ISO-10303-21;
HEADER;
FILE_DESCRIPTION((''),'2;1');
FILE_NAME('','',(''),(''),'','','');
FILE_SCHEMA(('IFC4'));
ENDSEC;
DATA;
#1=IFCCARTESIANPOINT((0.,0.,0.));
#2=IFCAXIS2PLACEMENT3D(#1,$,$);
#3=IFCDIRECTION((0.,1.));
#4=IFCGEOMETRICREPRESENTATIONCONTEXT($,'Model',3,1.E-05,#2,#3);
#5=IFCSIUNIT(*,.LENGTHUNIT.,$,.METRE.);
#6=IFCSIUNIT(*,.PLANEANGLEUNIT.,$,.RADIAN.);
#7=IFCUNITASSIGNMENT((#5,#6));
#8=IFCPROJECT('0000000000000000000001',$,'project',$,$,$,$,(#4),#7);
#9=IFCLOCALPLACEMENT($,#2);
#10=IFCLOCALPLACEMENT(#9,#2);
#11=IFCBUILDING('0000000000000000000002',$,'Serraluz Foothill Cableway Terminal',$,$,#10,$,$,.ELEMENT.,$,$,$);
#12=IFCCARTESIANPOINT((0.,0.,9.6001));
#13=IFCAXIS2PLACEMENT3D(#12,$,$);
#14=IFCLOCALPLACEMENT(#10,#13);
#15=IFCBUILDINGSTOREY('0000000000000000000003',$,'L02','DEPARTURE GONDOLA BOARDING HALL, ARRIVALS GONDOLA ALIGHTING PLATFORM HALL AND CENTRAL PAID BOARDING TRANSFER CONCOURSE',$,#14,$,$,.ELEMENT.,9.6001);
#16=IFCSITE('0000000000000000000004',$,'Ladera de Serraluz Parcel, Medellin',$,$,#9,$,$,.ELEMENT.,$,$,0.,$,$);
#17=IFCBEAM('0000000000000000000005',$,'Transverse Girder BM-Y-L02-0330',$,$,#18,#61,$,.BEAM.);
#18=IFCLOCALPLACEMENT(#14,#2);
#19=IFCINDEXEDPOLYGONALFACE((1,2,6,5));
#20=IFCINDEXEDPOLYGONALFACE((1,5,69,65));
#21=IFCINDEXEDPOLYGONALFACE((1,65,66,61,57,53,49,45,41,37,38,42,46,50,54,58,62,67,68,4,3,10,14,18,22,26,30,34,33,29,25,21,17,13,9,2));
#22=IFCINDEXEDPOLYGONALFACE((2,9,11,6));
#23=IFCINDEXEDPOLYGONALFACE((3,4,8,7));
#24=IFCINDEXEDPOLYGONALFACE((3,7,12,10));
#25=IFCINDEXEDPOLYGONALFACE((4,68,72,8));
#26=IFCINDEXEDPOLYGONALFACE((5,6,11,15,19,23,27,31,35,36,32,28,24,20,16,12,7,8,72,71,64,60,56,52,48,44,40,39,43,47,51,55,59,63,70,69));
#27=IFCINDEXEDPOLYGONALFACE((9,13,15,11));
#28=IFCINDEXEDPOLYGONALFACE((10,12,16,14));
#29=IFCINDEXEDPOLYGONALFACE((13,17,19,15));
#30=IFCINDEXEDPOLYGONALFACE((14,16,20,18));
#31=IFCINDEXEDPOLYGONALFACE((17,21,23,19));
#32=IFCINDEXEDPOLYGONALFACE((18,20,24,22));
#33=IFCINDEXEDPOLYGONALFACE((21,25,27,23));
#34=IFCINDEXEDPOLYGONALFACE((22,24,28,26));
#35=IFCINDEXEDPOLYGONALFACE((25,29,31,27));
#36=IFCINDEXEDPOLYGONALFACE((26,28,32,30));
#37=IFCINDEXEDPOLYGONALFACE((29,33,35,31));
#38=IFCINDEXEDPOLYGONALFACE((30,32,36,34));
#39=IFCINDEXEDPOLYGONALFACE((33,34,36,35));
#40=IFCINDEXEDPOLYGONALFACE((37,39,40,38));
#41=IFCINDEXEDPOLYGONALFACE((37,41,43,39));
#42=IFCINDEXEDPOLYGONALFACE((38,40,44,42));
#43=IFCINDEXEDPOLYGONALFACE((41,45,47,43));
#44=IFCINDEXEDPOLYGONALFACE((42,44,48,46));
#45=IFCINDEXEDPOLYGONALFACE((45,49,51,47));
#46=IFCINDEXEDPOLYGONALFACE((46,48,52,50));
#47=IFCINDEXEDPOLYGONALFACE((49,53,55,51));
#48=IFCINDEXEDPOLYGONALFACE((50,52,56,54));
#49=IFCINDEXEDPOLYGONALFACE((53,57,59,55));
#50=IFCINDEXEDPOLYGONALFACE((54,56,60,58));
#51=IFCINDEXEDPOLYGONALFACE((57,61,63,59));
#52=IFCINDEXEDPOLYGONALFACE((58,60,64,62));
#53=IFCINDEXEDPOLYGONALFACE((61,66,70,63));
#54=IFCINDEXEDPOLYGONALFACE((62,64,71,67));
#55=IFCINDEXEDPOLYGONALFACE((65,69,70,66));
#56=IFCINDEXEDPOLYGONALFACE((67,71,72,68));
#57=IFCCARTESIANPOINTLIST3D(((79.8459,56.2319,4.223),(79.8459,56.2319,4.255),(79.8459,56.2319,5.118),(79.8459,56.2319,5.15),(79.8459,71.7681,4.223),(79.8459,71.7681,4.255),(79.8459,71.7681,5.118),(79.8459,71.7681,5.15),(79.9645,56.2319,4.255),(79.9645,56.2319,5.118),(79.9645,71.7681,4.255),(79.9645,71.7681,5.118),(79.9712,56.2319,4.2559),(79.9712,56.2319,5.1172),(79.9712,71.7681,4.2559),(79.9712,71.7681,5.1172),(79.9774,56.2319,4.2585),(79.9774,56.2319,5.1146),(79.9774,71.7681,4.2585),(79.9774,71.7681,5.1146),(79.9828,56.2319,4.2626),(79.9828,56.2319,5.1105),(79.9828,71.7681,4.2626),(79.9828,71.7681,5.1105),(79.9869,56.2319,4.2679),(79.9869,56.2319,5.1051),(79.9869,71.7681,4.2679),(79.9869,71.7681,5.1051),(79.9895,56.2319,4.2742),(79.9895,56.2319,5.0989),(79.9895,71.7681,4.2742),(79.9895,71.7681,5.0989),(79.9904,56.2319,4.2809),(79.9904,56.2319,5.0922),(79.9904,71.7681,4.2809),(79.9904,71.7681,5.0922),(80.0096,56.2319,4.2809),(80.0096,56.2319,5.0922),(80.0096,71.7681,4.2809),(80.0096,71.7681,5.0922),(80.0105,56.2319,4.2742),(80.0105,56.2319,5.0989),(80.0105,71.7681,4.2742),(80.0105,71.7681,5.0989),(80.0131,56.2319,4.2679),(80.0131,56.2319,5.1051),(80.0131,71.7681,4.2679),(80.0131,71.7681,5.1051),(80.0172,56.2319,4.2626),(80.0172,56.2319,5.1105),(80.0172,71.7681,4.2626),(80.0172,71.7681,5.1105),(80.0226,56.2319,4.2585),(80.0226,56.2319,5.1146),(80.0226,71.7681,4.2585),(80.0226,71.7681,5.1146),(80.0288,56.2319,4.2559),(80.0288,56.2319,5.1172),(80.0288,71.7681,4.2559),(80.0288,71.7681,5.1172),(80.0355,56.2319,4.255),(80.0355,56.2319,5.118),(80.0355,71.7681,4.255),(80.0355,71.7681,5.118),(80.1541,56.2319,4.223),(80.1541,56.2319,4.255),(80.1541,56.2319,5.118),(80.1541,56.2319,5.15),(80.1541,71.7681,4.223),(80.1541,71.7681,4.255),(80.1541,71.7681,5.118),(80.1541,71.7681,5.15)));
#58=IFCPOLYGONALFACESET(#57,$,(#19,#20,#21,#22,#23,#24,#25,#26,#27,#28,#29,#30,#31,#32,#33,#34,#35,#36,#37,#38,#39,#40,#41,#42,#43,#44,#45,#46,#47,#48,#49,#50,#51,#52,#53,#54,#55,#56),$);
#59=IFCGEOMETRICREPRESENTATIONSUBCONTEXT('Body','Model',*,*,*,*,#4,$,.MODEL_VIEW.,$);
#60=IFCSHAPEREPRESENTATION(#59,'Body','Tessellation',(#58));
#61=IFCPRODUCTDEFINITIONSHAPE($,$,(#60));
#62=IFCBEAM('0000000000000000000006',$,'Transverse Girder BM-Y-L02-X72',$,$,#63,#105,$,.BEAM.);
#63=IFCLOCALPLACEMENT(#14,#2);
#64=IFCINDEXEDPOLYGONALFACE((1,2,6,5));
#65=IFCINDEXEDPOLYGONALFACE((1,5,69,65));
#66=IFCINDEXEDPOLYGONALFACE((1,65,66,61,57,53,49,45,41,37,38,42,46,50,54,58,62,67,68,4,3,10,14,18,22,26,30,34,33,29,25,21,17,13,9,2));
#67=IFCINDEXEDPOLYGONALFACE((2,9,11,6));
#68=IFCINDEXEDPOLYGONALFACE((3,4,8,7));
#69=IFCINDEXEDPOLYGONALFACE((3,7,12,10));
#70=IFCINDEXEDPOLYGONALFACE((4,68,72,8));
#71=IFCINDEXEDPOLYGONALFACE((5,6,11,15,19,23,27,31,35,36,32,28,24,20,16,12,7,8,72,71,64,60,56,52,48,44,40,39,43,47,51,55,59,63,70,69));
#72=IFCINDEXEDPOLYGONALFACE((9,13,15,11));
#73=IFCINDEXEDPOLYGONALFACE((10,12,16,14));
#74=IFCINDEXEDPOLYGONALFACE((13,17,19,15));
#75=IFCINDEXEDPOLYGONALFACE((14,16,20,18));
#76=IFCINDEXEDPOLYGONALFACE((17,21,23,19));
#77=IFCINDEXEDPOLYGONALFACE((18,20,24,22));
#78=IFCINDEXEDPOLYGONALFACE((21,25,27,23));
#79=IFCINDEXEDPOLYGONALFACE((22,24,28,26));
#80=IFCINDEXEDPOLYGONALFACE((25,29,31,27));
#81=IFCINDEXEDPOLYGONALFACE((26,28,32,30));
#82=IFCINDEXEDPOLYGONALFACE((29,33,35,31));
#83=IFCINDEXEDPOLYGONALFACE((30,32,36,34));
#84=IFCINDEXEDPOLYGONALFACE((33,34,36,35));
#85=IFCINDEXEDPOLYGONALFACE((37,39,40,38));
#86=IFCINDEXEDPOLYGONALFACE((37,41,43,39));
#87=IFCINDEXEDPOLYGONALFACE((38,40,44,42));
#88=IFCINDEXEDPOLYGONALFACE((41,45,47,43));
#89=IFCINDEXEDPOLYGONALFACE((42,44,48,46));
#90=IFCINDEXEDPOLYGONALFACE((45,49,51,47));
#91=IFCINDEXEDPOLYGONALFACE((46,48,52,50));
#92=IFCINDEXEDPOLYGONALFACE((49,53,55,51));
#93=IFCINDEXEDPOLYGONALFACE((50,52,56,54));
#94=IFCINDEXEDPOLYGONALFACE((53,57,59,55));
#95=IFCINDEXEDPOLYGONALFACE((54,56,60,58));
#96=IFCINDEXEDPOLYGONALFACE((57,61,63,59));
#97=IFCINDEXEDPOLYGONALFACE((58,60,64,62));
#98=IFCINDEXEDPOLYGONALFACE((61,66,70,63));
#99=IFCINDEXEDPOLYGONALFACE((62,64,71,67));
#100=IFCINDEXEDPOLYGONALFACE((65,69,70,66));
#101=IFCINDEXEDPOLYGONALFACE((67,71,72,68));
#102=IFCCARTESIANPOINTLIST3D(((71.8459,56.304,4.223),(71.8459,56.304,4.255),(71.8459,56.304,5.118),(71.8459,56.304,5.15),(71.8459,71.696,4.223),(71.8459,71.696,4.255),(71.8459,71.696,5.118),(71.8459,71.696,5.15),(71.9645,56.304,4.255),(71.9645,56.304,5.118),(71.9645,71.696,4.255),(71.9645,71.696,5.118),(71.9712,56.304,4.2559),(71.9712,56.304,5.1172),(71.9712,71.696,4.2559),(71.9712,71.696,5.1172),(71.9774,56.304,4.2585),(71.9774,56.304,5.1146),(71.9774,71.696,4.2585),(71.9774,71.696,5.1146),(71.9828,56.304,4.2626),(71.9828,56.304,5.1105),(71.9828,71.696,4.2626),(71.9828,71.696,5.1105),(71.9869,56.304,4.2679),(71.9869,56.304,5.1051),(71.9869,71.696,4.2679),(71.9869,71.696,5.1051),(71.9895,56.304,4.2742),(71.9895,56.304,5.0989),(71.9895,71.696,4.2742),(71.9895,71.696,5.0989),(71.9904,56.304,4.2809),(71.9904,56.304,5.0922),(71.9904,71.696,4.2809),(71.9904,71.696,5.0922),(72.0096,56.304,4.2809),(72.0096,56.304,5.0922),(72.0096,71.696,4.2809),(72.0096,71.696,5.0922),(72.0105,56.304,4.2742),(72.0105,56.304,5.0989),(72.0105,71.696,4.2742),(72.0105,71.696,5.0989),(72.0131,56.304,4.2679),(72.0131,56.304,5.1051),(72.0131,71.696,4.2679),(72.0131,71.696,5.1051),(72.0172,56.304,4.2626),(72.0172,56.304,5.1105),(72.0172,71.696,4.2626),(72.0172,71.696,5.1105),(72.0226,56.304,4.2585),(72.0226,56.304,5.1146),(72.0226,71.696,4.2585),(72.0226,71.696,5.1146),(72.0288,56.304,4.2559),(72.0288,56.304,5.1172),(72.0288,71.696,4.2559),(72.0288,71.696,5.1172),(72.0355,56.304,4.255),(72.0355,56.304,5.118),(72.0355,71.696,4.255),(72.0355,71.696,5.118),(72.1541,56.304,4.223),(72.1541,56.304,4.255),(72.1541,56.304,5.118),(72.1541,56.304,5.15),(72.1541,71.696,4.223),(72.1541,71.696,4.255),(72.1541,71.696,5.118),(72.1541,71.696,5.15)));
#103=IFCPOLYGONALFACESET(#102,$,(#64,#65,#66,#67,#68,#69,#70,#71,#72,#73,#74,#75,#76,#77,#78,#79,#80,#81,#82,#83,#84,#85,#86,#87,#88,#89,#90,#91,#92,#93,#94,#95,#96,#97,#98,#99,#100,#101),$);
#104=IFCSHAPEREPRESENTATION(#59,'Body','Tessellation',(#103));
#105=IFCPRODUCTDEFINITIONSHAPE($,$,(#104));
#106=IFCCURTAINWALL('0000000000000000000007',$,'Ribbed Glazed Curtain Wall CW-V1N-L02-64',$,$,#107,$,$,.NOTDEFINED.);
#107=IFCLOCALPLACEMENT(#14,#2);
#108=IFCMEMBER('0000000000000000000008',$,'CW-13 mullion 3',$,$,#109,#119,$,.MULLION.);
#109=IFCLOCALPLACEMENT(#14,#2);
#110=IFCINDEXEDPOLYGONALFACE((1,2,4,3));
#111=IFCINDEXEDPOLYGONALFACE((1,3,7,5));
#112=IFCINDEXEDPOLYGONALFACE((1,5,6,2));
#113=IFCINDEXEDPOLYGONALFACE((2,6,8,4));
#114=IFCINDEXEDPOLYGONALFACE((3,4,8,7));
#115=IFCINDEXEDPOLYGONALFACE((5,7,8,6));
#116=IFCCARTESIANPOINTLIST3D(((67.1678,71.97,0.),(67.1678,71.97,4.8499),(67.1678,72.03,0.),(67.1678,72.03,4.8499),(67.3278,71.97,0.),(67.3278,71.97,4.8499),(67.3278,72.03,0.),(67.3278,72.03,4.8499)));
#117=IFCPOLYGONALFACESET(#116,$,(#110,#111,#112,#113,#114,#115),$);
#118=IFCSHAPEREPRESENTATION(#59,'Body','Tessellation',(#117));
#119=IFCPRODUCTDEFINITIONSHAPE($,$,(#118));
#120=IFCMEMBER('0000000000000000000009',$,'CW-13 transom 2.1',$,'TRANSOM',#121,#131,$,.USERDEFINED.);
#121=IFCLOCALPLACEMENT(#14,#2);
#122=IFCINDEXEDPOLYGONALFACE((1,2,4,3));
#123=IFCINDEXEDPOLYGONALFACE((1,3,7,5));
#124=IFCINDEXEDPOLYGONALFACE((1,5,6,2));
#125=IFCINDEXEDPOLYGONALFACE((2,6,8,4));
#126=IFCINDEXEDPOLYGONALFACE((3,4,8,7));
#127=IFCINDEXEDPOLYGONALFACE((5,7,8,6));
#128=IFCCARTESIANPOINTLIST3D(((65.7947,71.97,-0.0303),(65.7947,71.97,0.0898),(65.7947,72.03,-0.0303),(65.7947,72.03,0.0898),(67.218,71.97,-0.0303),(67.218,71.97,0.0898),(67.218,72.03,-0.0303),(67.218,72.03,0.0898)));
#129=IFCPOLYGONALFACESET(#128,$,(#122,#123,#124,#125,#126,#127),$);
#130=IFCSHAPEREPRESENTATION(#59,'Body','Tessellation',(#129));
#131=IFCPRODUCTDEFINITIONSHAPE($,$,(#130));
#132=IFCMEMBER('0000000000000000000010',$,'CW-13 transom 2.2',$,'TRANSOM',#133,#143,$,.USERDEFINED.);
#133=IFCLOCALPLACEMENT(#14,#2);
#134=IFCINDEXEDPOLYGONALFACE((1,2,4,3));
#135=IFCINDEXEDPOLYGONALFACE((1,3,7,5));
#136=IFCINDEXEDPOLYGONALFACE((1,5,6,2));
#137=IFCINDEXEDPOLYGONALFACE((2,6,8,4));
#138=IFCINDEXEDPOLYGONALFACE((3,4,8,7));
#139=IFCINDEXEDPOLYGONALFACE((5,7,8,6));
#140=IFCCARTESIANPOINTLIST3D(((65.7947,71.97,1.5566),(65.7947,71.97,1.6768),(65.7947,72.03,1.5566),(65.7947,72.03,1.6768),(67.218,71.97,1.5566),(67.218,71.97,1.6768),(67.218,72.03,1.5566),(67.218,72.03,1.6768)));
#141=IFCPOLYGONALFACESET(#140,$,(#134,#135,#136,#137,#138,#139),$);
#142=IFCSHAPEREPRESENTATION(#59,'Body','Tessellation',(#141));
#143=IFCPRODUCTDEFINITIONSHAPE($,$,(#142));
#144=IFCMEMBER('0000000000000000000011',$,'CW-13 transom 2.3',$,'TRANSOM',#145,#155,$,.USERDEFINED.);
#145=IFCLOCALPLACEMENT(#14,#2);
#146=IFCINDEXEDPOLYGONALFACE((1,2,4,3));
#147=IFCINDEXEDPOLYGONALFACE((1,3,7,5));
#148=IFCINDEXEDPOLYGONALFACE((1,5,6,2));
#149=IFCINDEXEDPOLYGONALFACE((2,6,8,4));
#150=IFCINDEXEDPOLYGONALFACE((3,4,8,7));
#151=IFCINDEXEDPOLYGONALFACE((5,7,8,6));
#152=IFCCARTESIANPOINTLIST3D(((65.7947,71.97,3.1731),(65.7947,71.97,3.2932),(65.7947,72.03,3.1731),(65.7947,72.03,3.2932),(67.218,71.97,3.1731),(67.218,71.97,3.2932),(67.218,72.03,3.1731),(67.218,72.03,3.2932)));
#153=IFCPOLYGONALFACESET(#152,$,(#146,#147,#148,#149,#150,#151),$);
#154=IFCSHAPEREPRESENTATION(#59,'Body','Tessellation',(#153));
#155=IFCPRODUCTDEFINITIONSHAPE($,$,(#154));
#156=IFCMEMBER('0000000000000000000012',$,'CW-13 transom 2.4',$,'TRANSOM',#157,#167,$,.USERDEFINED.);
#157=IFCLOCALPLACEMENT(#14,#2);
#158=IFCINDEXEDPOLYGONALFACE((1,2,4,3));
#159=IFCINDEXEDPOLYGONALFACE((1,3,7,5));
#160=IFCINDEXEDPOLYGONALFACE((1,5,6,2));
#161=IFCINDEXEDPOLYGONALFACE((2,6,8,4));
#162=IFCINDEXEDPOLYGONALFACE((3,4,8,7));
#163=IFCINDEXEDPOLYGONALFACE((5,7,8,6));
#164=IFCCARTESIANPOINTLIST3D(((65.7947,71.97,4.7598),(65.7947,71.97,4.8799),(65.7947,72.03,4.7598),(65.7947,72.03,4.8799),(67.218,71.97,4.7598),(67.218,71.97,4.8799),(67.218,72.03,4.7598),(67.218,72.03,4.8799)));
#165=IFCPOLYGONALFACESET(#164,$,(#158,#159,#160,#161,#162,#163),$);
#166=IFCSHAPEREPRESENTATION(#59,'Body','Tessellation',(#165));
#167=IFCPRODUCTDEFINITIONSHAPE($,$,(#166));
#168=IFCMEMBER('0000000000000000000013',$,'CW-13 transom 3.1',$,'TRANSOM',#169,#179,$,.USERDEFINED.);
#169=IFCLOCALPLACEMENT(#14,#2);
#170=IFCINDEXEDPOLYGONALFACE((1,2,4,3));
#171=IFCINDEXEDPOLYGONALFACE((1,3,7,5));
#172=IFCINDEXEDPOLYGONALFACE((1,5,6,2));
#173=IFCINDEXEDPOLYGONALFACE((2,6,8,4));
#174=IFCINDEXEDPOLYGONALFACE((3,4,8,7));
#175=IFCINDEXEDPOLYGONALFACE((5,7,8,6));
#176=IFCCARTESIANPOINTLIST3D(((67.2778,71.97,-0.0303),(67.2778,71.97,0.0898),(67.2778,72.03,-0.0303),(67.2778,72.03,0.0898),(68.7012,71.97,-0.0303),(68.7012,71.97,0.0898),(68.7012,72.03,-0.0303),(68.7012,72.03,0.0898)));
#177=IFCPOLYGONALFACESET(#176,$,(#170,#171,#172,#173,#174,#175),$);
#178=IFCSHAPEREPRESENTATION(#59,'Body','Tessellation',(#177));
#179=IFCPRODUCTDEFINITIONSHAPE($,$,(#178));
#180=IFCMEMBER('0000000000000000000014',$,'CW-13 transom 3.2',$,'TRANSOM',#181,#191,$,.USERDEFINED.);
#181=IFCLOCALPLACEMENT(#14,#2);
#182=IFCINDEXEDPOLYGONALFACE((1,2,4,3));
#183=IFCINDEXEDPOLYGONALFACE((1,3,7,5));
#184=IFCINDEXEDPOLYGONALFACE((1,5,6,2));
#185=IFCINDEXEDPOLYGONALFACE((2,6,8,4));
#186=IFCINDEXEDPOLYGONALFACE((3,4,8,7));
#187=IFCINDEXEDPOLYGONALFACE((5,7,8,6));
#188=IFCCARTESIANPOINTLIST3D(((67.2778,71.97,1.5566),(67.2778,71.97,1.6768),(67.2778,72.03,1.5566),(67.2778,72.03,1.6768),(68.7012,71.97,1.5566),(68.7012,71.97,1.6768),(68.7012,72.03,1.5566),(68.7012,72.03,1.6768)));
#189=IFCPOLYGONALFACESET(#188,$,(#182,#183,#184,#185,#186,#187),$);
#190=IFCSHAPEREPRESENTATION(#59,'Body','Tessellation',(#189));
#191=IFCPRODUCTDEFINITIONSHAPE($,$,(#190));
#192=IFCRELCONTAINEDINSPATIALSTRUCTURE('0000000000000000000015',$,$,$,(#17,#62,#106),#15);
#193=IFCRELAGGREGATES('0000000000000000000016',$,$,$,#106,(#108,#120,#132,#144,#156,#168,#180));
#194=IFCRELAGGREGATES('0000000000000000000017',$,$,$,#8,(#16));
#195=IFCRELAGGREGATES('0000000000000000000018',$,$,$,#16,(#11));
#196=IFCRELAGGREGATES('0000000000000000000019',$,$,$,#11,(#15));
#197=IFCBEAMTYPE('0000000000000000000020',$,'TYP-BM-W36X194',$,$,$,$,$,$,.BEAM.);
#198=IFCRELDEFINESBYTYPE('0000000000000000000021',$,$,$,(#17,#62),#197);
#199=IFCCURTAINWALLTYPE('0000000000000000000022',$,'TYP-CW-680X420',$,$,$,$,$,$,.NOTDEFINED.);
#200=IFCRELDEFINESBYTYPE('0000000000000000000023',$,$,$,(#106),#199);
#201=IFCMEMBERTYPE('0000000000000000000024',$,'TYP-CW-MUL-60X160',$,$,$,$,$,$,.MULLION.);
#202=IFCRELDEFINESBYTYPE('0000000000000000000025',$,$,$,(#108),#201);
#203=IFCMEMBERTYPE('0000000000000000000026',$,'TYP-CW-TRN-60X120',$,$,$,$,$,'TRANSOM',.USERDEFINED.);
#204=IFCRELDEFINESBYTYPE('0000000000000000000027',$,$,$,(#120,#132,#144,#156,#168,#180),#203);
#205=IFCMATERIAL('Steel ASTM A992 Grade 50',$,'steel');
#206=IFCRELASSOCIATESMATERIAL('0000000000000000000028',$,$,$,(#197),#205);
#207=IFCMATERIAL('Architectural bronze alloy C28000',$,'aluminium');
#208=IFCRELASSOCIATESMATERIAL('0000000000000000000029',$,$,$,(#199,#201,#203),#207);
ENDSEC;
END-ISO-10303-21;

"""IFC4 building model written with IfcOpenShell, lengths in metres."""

from ifc_helpers import new_model, si_unit, direction, frame, origin, origin_2d, place, context, subcontext, project, spatial, rectangle, i_section, extrude, material, material_profile, profile_set, type_object, element, aggregate, save


model = new_model("IFC4")

# Units and contexts
model_context = context("Model", 3, precision=1e-05, world=origin(), true_north=direction((0.0, 1.0)))
body_context = subcontext(model_context, "Body", "Model", "MODEL_VIEW")
ifc_project = project(units=[si_unit("LENGTHUNIT", "METRE"), si_unit("PLANEANGLEUNIT", "RADIAN")], contexts=[model_context])

# Site, building, storey
site_placement = place(None, origin())
site = spatial("IfcSite", under=ifc_project, at=site_placement, Name="Ladera de Serraluz Parcel, Medellin", CompositionType="ELEMENT", RefElevation=0.0)
building_placement = place(site_placement, origin())
building = spatial("IfcBuilding", under=site, at=building_placement, Name="Serraluz Foothill Cableway Terminal", CompositionType="ELEMENT")
storey_placement = place(building_placement, frame((0.0, 0.0, 9.6001)))
storey = spatial("IfcBuildingStorey", under=building, at=storey_placement, Name="L02", Description="DEPARTURE GONDOLA BOARDING HALL, ARRIVALS GONDOLA ALIGHTING PLATFORM HALL AND CENTRAL PAID BOARDING TRANSFER CONCOURSE", CompositionType="ELEMENT", Elevation=9.6001)

# Beams
ifc_material_1 = material(Name="Steel ASTM A992 Grade 50", Category="steel")
ifc_material_profile_1 = material_profile(ifc_material_1, i_section(OverallWidth=0.3081, OverallDepth=0.927, WebThickness=0.0193, FlangeThickness=0.032, FilletRadius=0.0259, at=origin_2d()), Name="W36X194")
ifc_profile_set_1 = profile_set([ifc_material_profile_1], Name="Steel ASTM A992 Grade 50")
beam_type_1 = type_object("IfcBeamType", Name="TYP-BM-W36X194", PredefinedType="BEAM", material=ifc_profile_set_1)
beam_1_placement = place(storey_placement, frame((80.0, 56.2319, 4.6865), z_axis=(0.0, 1.0, 0.0), x_axis=(-1.0, 0.0, 0.0)))
element("IfcBeam", 1, at=beam_1_placement, inside=storey, type_object=beam_type_1, Name="Transverse Girder BM-Y-L02-0330", PredefinedType="BEAM", context=body_context, shape_type="SweptSolid", body=[
    extrude(i_section(OverallWidth=0.3081, OverallDepth=0.927, WebThickness=0.0193, FlangeThickness=0.032, FilletRadius=0.0259, at=origin_2d()), origin(), (0.0, 0.0, 1.0), 15.5361),
])
beam_2_placement = place(storey_placement, frame((72.0, 56.304, 4.6865), z_axis=(0.0, 1.0, 0.0), x_axis=(-1.0, 0.0, 0.0)))
element("IfcBeam", 2, at=beam_2_placement, inside=storey, type_object=beam_type_1, Name="Transverse Girder BM-Y-L02-X72", PredefinedType="BEAM", context=body_context, shape_type="SweptSolid", body=[
    extrude(i_section(OverallWidth=0.3081, OverallDepth=0.927, WebThickness=0.0193, FlangeThickness=0.032, FilletRadius=0.0259, at=origin_2d()), origin(), (0.0, 0.0, 1.0), 15.3921),
])

# Curtain wall, members
ifc_material_2 = material(Name="Architectural bronze alloy C28000", Category="aluminium")
curtain_wall_type = type_object("IfcCurtainWallType", Name="TYP-CW-680X420", PredefinedType="NOTDEFINED", material=ifc_material_2)
curtain_wall_placement = place(storey_placement, origin())
curtain_wall = element("IfcCurtainWall", 3, at=curtain_wall_placement, inside=storey, type_object=curtain_wall_type, Name="Ribbed Glazed Curtain Wall CW-V1N-L02-64", PredefinedType="NOTDEFINED")
ifc_material_profile_2 = material_profile(ifc_material_2, rectangle(XDim=0.0601, YDim=0.1599, at=origin_2d()), Name="ALU MULLION 60x160")
ifc_profile_set_2 = profile_set([ifc_material_profile_2], Name="Architectural bronze alloy C28000")
member_type_1 = type_object("IfcMemberType", Name="TYP-CW-MUL-60X160", PredefinedType="MULLION", material=ifc_profile_set_2)
member_1_placement = place(storey_placement, frame((67.2478, 72.0, 0.0), z_axis=(0.0, 0.0, 1.0), x_axis=(0.0, 1.0, 0.0)))
member_1 = element("IfcMember", 4, at=member_1_placement, type_object=member_type_1, Name="CW-13 mullion 3", PredefinedType="MULLION", context=body_context, shape_type="SweptSolid", body=[
    extrude(rectangle(XDim=0.0601, YDim=0.1599, at=origin_2d()), origin(), (0.0, 0.0, 1.0), 4.8499),
])
ifc_material_profile_3 = material_profile(ifc_material_2, rectangle(XDim=0.0601, YDim=0.1201, at=origin_2d()), Name="ALU TRANSOM 60x120")
ifc_profile_set_3 = profile_set([ifc_material_profile_3], Name="Architectural bronze alloy C28000")
member_type_2 = type_object("IfcMemberType", Name="TYP-CW-TRN-60X120", ElementType="TRANSOM", PredefinedType="USERDEFINED", material=ifc_profile_set_3)
member_2_placement = place(storey_placement, frame((65.7947, 72.0, 0.0298), z_axis=(1.0, 0.0, 0.0), x_axis=(0.0, 1.0, 0.0)))
member_2 = element("IfcMember", 5, at=member_2_placement, type_object=member_type_2, Name="CW-13 transom 2.1", ObjectType="TRANSOM", PredefinedType="USERDEFINED", context=body_context, shape_type="SweptSolid", body=[
    extrude(rectangle(XDim=0.0601, YDim=0.1201, at=origin_2d()), origin(), (0.0, 0.0, 1.0), 1.4233),
])
member_3_placement = place(storey_placement, frame((65.7947, 72.0, 1.6167), z_axis=(1.0, 0.0, 0.0), x_axis=(0.0, 1.0, 0.0)))
member_3 = element("IfcMember", 6, at=member_3_placement, type_object=member_type_2, Name="CW-13 transom 2.2", ObjectType="TRANSOM", PredefinedType="USERDEFINED", context=body_context, shape_type="SweptSolid", body=[
    extrude(rectangle(XDim=0.0601, YDim=0.1201, at=origin_2d()), origin(), (0.0, 0.0, 1.0), 1.4233),
])
member_4_placement = place(storey_placement, frame((65.7947, 72.0, 3.2332), z_axis=(1.0, 0.0, 0.0), x_axis=(0.0, 1.0, 0.0)))
member_4 = element("IfcMember", 7, at=member_4_placement, type_object=member_type_2, Name="CW-13 transom 2.3", ObjectType="TRANSOM", PredefinedType="USERDEFINED", context=body_context, shape_type="SweptSolid", body=[
    extrude(rectangle(XDim=0.0601, YDim=0.1201, at=origin_2d()), origin(), (0.0, 0.0, 1.0), 1.4233),
])
member_5_placement = place(storey_placement, frame((65.7947, 72.0, 4.8198), z_axis=(1.0, 0.0, 0.0), x_axis=(0.0, 1.0, 0.0)))
member_5 = element("IfcMember", 8, at=member_5_placement, type_object=member_type_2, Name="CW-13 transom 2.4", ObjectType="TRANSOM", PredefinedType="USERDEFINED", context=body_context, shape_type="SweptSolid", body=[
    extrude(rectangle(XDim=0.0601, YDim=0.1201, at=origin_2d()), origin(), (0.0, 0.0, 1.0), 1.4233),
])
member_6_placement = place(storey_placement, frame((67.2778, 72.0, 0.0298), z_axis=(1.0, 0.0, 0.0), x_axis=(0.0, 1.0, 0.0)))
member_6 = element("IfcMember", 9, at=member_6_placement, type_object=member_type_2, Name="CW-13 transom 3.1", ObjectType="TRANSOM", PredefinedType="USERDEFINED", context=body_context, shape_type="SweptSolid", body=[
    extrude(rectangle(XDim=0.0601, YDim=0.1201, at=origin_2d()), origin(), (0.0, 0.0, 1.0), 1.4233),
])
member_7_placement = place(storey_placement, frame((67.2778, 72.0, 1.6167), z_axis=(1.0, 0.0, 0.0), x_axis=(0.0, 1.0, 0.0)))
member_7 = element("IfcMember", 10, at=member_7_placement, type_object=member_type_2, Name="CW-13 transom 3.2", ObjectType="TRANSOM", PredefinedType="USERDEFINED", context=body_context, shape_type="SweptSolid", body=[
    extrude(rectangle(XDim=0.0601, YDim=0.1201, at=origin_2d()), origin(), (0.0, 0.0, 1.0), 1.4233),
])

aggregate(curtain_wall, [member_1, member_2, member_3, member_4, member_5, member_6, member_7])

save(model, "model.ifc")
